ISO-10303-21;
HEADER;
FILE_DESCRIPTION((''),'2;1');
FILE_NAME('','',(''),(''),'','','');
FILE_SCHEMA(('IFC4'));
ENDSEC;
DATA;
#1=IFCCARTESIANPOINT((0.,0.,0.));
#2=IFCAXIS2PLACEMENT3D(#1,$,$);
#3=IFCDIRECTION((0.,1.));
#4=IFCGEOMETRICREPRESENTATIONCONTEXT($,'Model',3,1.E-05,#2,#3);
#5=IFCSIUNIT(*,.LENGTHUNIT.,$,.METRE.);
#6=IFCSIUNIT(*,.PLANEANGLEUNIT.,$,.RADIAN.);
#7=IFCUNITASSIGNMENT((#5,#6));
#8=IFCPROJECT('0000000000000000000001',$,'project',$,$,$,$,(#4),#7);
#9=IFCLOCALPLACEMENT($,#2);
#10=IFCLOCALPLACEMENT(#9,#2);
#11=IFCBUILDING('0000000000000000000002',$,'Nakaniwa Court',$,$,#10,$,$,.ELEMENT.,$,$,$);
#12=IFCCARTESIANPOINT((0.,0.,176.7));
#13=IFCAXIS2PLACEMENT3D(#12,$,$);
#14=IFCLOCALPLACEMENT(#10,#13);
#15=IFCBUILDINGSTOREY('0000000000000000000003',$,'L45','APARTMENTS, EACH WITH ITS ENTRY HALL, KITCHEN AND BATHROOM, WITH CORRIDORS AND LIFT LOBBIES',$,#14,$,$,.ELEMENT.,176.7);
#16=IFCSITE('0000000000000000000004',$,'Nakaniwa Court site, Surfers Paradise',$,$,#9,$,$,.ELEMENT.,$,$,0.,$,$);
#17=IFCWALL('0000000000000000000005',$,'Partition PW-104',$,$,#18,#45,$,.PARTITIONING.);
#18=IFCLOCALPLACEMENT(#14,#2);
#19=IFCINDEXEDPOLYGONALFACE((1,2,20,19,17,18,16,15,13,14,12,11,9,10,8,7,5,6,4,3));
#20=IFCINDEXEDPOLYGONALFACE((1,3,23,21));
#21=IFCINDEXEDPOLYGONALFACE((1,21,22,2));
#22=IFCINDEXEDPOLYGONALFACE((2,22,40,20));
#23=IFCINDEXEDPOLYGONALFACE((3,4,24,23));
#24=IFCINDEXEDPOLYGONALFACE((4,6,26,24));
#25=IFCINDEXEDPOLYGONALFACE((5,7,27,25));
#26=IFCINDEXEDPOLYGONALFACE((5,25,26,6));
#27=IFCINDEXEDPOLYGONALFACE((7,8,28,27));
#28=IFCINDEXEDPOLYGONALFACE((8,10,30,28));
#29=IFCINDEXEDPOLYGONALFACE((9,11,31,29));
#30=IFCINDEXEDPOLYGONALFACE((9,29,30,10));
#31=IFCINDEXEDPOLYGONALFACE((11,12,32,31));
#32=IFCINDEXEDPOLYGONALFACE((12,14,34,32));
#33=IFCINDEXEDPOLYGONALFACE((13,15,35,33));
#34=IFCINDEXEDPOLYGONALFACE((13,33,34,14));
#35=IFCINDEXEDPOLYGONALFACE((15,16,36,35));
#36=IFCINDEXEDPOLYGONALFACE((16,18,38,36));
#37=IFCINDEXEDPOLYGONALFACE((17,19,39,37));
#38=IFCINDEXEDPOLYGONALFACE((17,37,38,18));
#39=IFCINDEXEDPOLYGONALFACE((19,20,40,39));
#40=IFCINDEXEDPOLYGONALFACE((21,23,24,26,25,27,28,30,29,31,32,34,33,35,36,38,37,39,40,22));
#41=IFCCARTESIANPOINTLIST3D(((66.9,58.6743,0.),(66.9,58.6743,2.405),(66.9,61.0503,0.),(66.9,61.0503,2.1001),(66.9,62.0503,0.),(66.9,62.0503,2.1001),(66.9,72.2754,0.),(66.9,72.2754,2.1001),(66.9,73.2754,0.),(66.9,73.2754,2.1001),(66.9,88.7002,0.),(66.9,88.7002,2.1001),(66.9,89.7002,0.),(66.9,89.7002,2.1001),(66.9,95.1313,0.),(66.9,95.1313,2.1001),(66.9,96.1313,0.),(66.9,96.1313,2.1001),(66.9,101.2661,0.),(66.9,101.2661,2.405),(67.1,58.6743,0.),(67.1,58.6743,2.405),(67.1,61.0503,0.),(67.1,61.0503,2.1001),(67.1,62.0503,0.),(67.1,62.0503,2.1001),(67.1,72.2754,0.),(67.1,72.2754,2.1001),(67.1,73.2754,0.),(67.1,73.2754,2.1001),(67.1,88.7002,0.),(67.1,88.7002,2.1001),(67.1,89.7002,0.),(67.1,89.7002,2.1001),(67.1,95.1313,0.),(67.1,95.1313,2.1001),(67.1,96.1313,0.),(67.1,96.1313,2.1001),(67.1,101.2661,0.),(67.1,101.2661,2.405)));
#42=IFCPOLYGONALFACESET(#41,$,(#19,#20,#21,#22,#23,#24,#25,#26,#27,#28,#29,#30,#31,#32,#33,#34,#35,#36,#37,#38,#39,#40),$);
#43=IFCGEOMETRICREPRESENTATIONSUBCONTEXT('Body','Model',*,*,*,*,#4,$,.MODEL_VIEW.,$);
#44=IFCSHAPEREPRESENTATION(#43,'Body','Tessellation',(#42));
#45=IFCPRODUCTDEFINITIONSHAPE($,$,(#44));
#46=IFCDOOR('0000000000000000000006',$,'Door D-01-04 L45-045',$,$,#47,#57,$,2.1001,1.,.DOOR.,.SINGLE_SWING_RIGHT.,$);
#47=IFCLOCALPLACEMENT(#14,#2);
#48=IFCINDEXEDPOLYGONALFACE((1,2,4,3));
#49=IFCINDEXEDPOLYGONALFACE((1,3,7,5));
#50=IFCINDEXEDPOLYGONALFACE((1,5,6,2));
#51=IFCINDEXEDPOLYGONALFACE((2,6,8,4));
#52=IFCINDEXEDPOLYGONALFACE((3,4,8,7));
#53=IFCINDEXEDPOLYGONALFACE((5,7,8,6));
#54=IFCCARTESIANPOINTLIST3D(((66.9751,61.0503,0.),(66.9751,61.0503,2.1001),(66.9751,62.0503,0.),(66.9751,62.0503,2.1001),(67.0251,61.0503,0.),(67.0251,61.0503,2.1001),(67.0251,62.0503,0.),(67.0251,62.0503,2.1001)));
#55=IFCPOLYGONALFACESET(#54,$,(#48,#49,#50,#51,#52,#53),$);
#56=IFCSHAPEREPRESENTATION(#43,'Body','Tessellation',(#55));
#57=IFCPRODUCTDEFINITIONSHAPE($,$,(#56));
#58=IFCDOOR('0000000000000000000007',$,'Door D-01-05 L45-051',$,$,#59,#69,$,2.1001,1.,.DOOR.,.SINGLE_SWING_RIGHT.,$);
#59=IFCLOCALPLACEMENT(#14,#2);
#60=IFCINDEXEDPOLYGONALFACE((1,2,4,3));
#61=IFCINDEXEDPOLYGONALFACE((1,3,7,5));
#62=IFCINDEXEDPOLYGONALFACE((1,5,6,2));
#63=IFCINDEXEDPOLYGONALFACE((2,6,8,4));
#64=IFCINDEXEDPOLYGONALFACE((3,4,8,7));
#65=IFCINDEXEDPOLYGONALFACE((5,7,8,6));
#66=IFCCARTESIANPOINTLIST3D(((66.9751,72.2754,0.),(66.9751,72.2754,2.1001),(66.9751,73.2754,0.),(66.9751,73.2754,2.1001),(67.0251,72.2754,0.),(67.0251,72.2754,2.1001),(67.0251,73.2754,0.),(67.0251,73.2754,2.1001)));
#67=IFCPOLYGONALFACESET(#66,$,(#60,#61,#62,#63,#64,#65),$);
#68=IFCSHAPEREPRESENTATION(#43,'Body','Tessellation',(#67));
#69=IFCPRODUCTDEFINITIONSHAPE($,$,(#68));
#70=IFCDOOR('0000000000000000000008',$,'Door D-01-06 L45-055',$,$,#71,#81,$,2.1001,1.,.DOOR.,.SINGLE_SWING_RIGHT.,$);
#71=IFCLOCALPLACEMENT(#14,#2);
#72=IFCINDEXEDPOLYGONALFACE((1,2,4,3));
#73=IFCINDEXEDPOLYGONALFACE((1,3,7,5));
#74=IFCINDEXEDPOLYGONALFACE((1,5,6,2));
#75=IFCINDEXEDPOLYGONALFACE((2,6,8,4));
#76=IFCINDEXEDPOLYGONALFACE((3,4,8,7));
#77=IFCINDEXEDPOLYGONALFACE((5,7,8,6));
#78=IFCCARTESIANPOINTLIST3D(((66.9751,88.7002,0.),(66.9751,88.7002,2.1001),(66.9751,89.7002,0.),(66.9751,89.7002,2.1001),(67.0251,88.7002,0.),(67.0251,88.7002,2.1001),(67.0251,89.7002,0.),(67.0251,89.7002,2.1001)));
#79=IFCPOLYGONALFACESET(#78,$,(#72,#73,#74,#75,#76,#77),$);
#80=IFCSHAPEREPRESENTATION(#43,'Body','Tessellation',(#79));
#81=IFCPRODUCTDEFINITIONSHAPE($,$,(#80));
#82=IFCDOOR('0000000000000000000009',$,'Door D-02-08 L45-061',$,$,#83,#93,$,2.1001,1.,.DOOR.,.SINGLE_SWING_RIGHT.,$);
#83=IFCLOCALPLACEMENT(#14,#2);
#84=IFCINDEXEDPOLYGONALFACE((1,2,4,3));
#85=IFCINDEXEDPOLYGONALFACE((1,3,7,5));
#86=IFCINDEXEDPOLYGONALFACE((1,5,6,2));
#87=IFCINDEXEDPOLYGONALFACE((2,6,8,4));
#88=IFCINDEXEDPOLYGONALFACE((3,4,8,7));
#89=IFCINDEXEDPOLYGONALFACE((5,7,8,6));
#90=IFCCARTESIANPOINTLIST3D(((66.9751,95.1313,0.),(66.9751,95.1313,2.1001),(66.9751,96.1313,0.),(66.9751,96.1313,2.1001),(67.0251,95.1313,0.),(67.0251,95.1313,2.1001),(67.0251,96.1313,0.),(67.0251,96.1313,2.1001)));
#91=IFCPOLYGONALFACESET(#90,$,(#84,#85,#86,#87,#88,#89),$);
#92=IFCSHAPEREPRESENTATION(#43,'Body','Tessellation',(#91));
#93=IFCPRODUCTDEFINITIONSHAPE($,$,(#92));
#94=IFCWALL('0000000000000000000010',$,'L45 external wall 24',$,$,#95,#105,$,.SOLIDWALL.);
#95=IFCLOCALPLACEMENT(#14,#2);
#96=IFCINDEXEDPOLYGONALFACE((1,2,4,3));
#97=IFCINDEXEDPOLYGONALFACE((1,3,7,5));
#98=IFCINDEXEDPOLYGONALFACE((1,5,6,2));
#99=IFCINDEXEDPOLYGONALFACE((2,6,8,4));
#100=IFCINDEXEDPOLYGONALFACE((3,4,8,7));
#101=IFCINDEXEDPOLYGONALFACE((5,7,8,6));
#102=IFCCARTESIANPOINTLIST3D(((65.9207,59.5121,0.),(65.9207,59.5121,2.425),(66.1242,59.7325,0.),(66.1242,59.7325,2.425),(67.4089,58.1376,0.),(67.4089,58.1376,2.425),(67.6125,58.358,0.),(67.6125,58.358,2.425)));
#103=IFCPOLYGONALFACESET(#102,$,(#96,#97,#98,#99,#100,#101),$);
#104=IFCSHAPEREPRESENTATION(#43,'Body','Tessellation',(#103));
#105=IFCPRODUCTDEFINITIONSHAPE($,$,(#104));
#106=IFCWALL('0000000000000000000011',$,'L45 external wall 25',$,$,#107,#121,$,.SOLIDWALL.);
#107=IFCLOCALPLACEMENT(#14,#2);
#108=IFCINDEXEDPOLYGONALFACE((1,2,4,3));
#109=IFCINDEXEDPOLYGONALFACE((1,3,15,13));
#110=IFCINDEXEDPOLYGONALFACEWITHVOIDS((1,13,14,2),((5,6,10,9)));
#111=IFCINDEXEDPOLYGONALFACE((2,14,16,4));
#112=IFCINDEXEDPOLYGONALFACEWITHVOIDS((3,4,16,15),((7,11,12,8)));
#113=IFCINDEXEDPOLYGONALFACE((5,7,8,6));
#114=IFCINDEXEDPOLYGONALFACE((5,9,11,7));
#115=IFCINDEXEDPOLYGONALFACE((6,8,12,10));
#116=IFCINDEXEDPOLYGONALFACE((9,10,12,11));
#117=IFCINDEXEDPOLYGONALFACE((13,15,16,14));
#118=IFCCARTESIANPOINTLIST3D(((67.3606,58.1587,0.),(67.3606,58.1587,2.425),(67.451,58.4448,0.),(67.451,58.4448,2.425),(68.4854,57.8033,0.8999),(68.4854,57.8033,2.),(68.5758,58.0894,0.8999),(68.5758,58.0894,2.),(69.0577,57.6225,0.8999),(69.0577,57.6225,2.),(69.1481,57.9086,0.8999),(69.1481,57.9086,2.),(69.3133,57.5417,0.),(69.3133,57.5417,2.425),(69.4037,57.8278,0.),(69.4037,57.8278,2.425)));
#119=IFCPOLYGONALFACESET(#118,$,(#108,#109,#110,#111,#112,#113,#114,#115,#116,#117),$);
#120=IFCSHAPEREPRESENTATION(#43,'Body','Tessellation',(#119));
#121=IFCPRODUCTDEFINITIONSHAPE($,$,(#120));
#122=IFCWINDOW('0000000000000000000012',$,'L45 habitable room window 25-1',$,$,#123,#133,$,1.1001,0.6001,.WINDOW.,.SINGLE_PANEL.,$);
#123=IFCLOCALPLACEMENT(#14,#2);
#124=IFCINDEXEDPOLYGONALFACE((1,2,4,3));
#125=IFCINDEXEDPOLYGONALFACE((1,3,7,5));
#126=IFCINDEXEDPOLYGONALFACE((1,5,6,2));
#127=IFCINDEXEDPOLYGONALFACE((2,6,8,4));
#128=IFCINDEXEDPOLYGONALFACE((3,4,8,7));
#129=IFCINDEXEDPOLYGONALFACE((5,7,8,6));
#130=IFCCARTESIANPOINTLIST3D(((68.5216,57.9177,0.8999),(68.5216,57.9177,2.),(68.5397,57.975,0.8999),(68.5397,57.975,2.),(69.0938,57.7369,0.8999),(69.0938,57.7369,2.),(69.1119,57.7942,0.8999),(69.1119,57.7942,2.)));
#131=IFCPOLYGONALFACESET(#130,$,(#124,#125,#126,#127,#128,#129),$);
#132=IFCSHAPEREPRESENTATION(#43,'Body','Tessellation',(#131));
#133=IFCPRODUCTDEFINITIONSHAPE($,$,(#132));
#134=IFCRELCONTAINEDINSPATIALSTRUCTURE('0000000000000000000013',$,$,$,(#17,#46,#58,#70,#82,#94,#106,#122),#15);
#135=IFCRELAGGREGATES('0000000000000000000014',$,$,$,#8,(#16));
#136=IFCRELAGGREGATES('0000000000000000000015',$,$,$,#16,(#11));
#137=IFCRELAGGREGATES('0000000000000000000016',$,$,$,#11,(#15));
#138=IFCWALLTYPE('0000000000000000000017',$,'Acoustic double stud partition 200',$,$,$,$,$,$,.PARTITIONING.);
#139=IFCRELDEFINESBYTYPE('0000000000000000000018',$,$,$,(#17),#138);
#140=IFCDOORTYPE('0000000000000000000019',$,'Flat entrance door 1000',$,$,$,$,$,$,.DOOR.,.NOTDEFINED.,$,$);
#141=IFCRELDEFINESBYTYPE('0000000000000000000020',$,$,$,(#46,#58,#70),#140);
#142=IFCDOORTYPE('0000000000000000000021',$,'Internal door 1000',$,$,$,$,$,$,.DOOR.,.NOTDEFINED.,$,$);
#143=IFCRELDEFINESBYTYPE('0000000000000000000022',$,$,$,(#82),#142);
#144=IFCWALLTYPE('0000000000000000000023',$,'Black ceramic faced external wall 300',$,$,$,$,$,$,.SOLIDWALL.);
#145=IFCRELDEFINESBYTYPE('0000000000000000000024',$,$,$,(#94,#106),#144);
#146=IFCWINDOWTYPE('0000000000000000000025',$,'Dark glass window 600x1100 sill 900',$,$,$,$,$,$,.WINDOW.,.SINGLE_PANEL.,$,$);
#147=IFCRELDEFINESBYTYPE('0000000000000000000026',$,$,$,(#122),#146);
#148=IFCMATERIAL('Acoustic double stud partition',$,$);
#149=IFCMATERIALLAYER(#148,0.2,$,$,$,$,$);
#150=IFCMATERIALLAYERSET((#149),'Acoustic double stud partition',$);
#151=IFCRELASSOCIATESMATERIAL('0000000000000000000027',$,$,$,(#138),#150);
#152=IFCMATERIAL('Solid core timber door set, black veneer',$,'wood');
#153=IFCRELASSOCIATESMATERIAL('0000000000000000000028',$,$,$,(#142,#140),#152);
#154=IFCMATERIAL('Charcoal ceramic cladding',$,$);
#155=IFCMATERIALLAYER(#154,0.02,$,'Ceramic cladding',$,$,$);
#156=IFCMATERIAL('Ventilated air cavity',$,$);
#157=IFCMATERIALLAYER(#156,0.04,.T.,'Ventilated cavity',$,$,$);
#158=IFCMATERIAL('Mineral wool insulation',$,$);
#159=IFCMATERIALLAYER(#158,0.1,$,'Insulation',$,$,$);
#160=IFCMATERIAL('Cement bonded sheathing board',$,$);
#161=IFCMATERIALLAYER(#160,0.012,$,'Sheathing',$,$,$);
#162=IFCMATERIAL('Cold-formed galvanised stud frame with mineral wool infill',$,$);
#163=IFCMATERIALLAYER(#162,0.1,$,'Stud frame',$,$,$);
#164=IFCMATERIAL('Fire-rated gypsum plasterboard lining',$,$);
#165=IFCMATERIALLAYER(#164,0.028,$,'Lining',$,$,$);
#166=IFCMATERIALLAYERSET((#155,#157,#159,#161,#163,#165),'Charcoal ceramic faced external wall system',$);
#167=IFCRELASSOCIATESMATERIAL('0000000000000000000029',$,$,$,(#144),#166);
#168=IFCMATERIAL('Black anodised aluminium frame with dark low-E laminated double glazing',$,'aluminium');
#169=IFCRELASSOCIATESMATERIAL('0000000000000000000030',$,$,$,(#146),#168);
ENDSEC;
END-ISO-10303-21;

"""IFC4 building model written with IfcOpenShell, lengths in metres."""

from ifc_helpers import new_model, si_unit, direction, frame, frame_2d, origin, place, context, subcontext, project, spatial, rectangle, extrude, material, layer, layer_set, type_object, element, fill, save


model = new_model("IFC4")

# Units and contexts
model_context = context("Model", 3, precision=1e-05, world=origin(), true_north=direction((0.0, 1.0)))
body_context = subcontext(model_context, "Body", "Model", "MODEL_VIEW")
ifc_project = project(units=[si_unit("LENGTHUNIT", "METRE"), si_unit("PLANEANGLEUNIT", "RADIAN")], contexts=[model_context])

# Site, building, storey
site_placement = place(None, origin())
site = spatial("IfcSite", under=ifc_project, at=site_placement, Name="Nakaniwa Court site, Surfers Paradise", CompositionType="ELEMENT", RefElevation=0.0)
building_placement = place(site_placement, origin())
building = spatial("IfcBuilding", under=site, at=building_placement, Name="Nakaniwa Court", CompositionType="ELEMENT")
storey_placement = place(building_placement, frame((0.0, 0.0, 176.7)))
storey = spatial("IfcBuildingStorey", under=building, at=storey_placement, Name="L45", Description="APARTMENTS, EACH WITH ITS ENTRY HALL, KITCHEN AND BATHROOM, WITH CORRIDORS AND LIFT LOBBIES", CompositionType="ELEMENT", Elevation=176.7)

# Shared definitions
ifc_material_1 = material(Name="Acoustic double stud partition")
ifc_layer_1 = layer(ifc_material_1, 0.2)
ifc_layer_set_1 = layer_set([ifc_layer_1], Name="Acoustic double stud partition")
wall_type_1 = type_object("IfcWallType", Name="Acoustic double stud partition 200", PredefinedType="PARTITIONING", material=ifc_layer_set_1)

# Shared definitions
ifc_material_2 = material(Name="Solid core timber door set, black veneer", Category="wood")
door_type_1 = type_object("IfcDoorType", Name="Internal door 1000", OperationType="NOTDEFINED", PredefinedType="DOOR", material=ifc_material_2)

# Wall, openings, doors
wall_1_placement = place(storey_placement, frame((67.0, 58.6743, 0.0), z_axis=(0.0, 0.0, 1.0), x_axis=(0.0, 1.0, 0.0)))
wall_1 = element("IfcWall", 1, at=wall_1_placement, inside=storey, type_object=wall_type_1, Name="Partition PW-104", PredefinedType="PARTITIONING", context=body_context, shape_type="SweptSolid", body=[
    extrude(rectangle(XDim=42.5918, YDim=0.2, at=frame_2d((21.2959, 0.0))), origin(), (0.0, 0.0, 1.0), 2.405),
])
opening_1_placement = place(wall_1_placement, frame((2.376, 0.0, 0.0)))
opening_1 = element("IfcOpeningElement", 2, at=opening_1_placement, cuts=wall_1, PredefinedType="OPENING", context=body_context, shape_type="SweptSolid", body=[
    extrude(rectangle(XDim=1.0, YDim=2.1001, at=frame_2d((0.5, 1.05))), frame((0.0, 0.1099, 0.0), z_axis=(0.0, -1.0, 0.0), x_axis=(1.0, 0.0, 0.0)), (0.0, 0.0, 1.0), 0.22),
])
opening_2_placement = place(wall_1_placement, frame((13.6011, 0.0, 0.0)))
opening_2 = element("IfcOpeningElement", 3, at=opening_2_placement, cuts=wall_1, PredefinedType="OPENING", context=body_context, shape_type="SweptSolid", body=[
    extrude(rectangle(XDim=1.0, YDim=2.1001, at=frame_2d((0.5, 1.05))), frame((0.0, 0.1099, 0.0), z_axis=(0.0, -1.0, 0.0), x_axis=(1.0, 0.0, 0.0)), (0.0, 0.0, 1.0), 0.22),
])
opening_3_placement = place(wall_1_placement, frame((30.0259, 0.0, 0.0)))
opening_3 = element("IfcOpeningElement", 4, at=opening_3_placement, cuts=wall_1, PredefinedType="OPENING", context=body_context, shape_type="SweptSolid", body=[
    extrude(rectangle(XDim=1.0, YDim=2.1001, at=frame_2d((0.5, 1.05))), frame((0.0, 0.1099, 0.0), z_axis=(0.0, -1.0, 0.0), x_axis=(1.0, 0.0, 0.0)), (0.0, 0.0, 1.0), 0.22),
])
opening_4_placement = place(wall_1_placement, frame((36.457, 0.0, 0.0)))
opening_4 = element("IfcOpeningElement", 5, at=opening_4_placement, cuts=wall_1, PredefinedType="OPENING", context=body_context, shape_type="SweptSolid", body=[
    extrude(rectangle(XDim=1.0, YDim=2.1001, at=frame_2d((0.5, 1.05))), frame((0.0, 0.1099, 0.0), z_axis=(0.0, -1.0, 0.0), x_axis=(1.0, 0.0, 0.0)), (0.0, 0.0, 1.0), 0.22),
])
door_type_2 = type_object("IfcDoorType", Name="Flat entrance door 1000", OperationType="NOTDEFINED", PredefinedType="DOOR", material=ifc_material_2)
door_1_placement = place(opening_1_placement, origin())
door_1 = element("IfcDoor", 6, at=door_1_placement, inside=storey, type_object=door_type_2, Name="Door D-01-04 L45-045", OperationType="SINGLE_SWING_RIGHT", OverallHeight=2.1001, OverallWidth=1.0, PredefinedType="DOOR", context=body_context, shape_type="SweptSolid", body=[
    extrude(rectangle(XDim=1.0, YDim=2.1001, at=frame_2d((0.5, 1.05))), frame((0.0, 0.0249, 0.0), z_axis=(0.0, -1.0, 0.0), x_axis=(1.0, 0.0, 0.0)), (0.0, 0.0, 1.0), 0.05),
])
fill(opening_1, door_1)
door_2_placement = place(opening_2_placement, origin())
door_2 = element("IfcDoor", 7, at=door_2_placement, inside=storey, type_object=door_type_2, Name="Door D-01-05 L45-051", OperationType="SINGLE_SWING_RIGHT", OverallHeight=2.1001, OverallWidth=1.0, PredefinedType="DOOR", context=body_context, shape_type="SweptSolid", body=[
    extrude(rectangle(XDim=1.0, YDim=2.1001, at=frame_2d((0.5, 1.05))), frame((0.0, 0.0249, 0.0), z_axis=(0.0, -1.0, 0.0), x_axis=(1.0, 0.0, 0.0)), (0.0, 0.0, 1.0), 0.05),
])
fill(opening_2, door_2)
door_3_placement = place(opening_3_placement, origin())
door_3 = element("IfcDoor", 8, at=door_3_placement, inside=storey, type_object=door_type_2, Name="Door D-01-06 L45-055", OperationType="SINGLE_SWING_RIGHT", OverallHeight=2.1001, OverallWidth=1.0, PredefinedType="DOOR", context=body_context, shape_type="SweptSolid", body=[
    extrude(rectangle(XDim=1.0, YDim=2.1001, at=frame_2d((0.5, 1.05))), frame((0.0, 0.0249, 0.0), z_axis=(0.0, -1.0, 0.0), x_axis=(1.0, 0.0, 0.0)), (0.0, 0.0, 1.0), 0.05),
])
fill(opening_3, door_3)
door_4_placement = place(opening_4_placement, origin())
door_4 = element("IfcDoor", 9, at=door_4_placement, inside=storey, type_object=door_type_1, Name="Door D-02-08 L45-061", OperationType="SINGLE_SWING_RIGHT", OverallHeight=2.1001, OverallWidth=1.0, PredefinedType="DOOR", context=body_context, shape_type="SweptSolid", body=[
    extrude(rectangle(XDim=1.0, YDim=2.1001, at=frame_2d((0.5, 1.05))), frame((0.0, 0.0249, 0.0), z_axis=(0.0, -1.0, 0.0), x_axis=(1.0, 0.0, 0.0)), (0.0, 0.0, 1.0), 0.05),
])
fill(opening_4, door_4)

# Wall
ifc_material_3 = material(Name="Charcoal ceramic cladding")
ifc_layer_2 = layer(ifc_material_3, 0.02, Name="Ceramic cladding")
ifc_material_4 = material(Name="Ventilated air cavity")
ifc_layer_3 = layer(ifc_material_4, 0.04, ventilated=True, Name="Ventilated cavity")
ifc_material_5 = material(Name="Mineral wool insulation")
ifc_layer_4 = layer(ifc_material_5, 0.1, Name="Insulation")
ifc_material_6 = material(Name="Cement bonded sheathing board")
ifc_layer_5 = layer(ifc_material_6, 0.012, Name="Sheathing")
ifc_material_7 = material(Name="Cold-formed galvanised stud frame with mineral wool infill")
ifc_layer_6 = layer(ifc_material_7, 0.1, Name="Stud frame")
ifc_material_8 = material(Name="Fire-rated gypsum plasterboard lining")
ifc_layer_7 = layer(ifc_material_8, 0.028, Name="Lining")
ifc_layer_set_2 = layer_set([ifc_layer_2, ifc_layer_3, ifc_layer_4, ifc_layer_5, ifc_layer_6, ifc_layer_7], Name="Charcoal ceramic faced external wall system")
wall_type_2 = type_object("IfcWallType", Name="Black ceramic faced external wall 300", PredefinedType="SOLIDWALL", material=ifc_layer_set_2)
wall_2_placement = place(storey_placement, frame((66.0225, 59.6223, 0.0), z_axis=(0.0, 0.0, 1.0), x_axis=(0.734628, -0.67847, 0.0)))
element("IfcWall", 10, at=wall_2_placement, inside=storey, type_object=wall_type_2, Name="L45 external wall 24", PredefinedType="SOLIDWALL", context=body_context, shape_type="SweptSolid", body=[
    extrude(rectangle(XDim=2.0259, YDim=0.3, at=frame_2d((1.0129, 0.0))), origin(), (0.0, 0.0, 1.0), 2.425),
])

# Wall, opening, window
wall_3_placement = place(storey_placement, frame((67.4058, 58.3018, 0.0), z_axis=(0.0, 0.0, 1.0), x_axis=(0.953538, -0.301274, 0.0)))
wall_3 = element("IfcWall", 11, at=wall_3_placement, inside=storey, type_object=wall_type_2, Name="L45 external wall 25", PredefinedType="SOLIDWALL", context=body_context, shape_type="SweptSolid", body=[
    extrude(rectangle(XDim=2.0479, YDim=0.3, at=frame_2d((1.0239, 0.0))), origin(), (0.0, 0.0, 1.0), 2.425),
])
opening_5_placement = place(wall_3_placement, frame((1.1797, 0.0, 0.8999)))
opening_5 = element("IfcOpeningElement", 12, at=opening_5_placement, cuts=wall_3, PredefinedType="OPENING", context=body_context, shape_type="SweptSolid", body=[
    extrude(rectangle(XDim=0.6001, YDim=1.1001, at=frame_2d((0.3, 0.55))), frame((0.0, 0.1599, 0.0), z_axis=(0.0, -1.0, 0.0), x_axis=(1.0, 0.0, 0.0)), (0.0, 0.0, 1.0), 0.3201),
])
ifc_material_9 = material(Name="Black anodised aluminium frame with dark low-E laminated double glazing", Category="aluminium")
window_type = type_object("IfcWindowType", Name="Dark glass window 600x1100 sill 900", PartitioningType="SINGLE_PANEL", PredefinedType="WINDOW", material=ifc_material_9)
window_placement = place(opening_5_placement, origin())
window = element("IfcWindow", 13, at=window_placement, inside=storey, type_object=window_type, Name="L45 habitable room window 25-1", OverallHeight=1.1001, OverallWidth=0.6001, PartitioningType="SINGLE_PANEL", PredefinedType="WINDOW", context=body_context, shape_type="SweptSolid", body=[
    extrude(rectangle(XDim=0.6001, YDim=1.1001, at=frame_2d((0.3, 0.55))), frame((0.0, 0.03, 0.0), z_axis=(0.0, -1.0, 0.0), x_axis=(1.0, 0.0, 0.0)), (0.0, 0.0, 1.0), 0.0601),
])
fill(opening_5, window)

save(model, "model.ifc")
